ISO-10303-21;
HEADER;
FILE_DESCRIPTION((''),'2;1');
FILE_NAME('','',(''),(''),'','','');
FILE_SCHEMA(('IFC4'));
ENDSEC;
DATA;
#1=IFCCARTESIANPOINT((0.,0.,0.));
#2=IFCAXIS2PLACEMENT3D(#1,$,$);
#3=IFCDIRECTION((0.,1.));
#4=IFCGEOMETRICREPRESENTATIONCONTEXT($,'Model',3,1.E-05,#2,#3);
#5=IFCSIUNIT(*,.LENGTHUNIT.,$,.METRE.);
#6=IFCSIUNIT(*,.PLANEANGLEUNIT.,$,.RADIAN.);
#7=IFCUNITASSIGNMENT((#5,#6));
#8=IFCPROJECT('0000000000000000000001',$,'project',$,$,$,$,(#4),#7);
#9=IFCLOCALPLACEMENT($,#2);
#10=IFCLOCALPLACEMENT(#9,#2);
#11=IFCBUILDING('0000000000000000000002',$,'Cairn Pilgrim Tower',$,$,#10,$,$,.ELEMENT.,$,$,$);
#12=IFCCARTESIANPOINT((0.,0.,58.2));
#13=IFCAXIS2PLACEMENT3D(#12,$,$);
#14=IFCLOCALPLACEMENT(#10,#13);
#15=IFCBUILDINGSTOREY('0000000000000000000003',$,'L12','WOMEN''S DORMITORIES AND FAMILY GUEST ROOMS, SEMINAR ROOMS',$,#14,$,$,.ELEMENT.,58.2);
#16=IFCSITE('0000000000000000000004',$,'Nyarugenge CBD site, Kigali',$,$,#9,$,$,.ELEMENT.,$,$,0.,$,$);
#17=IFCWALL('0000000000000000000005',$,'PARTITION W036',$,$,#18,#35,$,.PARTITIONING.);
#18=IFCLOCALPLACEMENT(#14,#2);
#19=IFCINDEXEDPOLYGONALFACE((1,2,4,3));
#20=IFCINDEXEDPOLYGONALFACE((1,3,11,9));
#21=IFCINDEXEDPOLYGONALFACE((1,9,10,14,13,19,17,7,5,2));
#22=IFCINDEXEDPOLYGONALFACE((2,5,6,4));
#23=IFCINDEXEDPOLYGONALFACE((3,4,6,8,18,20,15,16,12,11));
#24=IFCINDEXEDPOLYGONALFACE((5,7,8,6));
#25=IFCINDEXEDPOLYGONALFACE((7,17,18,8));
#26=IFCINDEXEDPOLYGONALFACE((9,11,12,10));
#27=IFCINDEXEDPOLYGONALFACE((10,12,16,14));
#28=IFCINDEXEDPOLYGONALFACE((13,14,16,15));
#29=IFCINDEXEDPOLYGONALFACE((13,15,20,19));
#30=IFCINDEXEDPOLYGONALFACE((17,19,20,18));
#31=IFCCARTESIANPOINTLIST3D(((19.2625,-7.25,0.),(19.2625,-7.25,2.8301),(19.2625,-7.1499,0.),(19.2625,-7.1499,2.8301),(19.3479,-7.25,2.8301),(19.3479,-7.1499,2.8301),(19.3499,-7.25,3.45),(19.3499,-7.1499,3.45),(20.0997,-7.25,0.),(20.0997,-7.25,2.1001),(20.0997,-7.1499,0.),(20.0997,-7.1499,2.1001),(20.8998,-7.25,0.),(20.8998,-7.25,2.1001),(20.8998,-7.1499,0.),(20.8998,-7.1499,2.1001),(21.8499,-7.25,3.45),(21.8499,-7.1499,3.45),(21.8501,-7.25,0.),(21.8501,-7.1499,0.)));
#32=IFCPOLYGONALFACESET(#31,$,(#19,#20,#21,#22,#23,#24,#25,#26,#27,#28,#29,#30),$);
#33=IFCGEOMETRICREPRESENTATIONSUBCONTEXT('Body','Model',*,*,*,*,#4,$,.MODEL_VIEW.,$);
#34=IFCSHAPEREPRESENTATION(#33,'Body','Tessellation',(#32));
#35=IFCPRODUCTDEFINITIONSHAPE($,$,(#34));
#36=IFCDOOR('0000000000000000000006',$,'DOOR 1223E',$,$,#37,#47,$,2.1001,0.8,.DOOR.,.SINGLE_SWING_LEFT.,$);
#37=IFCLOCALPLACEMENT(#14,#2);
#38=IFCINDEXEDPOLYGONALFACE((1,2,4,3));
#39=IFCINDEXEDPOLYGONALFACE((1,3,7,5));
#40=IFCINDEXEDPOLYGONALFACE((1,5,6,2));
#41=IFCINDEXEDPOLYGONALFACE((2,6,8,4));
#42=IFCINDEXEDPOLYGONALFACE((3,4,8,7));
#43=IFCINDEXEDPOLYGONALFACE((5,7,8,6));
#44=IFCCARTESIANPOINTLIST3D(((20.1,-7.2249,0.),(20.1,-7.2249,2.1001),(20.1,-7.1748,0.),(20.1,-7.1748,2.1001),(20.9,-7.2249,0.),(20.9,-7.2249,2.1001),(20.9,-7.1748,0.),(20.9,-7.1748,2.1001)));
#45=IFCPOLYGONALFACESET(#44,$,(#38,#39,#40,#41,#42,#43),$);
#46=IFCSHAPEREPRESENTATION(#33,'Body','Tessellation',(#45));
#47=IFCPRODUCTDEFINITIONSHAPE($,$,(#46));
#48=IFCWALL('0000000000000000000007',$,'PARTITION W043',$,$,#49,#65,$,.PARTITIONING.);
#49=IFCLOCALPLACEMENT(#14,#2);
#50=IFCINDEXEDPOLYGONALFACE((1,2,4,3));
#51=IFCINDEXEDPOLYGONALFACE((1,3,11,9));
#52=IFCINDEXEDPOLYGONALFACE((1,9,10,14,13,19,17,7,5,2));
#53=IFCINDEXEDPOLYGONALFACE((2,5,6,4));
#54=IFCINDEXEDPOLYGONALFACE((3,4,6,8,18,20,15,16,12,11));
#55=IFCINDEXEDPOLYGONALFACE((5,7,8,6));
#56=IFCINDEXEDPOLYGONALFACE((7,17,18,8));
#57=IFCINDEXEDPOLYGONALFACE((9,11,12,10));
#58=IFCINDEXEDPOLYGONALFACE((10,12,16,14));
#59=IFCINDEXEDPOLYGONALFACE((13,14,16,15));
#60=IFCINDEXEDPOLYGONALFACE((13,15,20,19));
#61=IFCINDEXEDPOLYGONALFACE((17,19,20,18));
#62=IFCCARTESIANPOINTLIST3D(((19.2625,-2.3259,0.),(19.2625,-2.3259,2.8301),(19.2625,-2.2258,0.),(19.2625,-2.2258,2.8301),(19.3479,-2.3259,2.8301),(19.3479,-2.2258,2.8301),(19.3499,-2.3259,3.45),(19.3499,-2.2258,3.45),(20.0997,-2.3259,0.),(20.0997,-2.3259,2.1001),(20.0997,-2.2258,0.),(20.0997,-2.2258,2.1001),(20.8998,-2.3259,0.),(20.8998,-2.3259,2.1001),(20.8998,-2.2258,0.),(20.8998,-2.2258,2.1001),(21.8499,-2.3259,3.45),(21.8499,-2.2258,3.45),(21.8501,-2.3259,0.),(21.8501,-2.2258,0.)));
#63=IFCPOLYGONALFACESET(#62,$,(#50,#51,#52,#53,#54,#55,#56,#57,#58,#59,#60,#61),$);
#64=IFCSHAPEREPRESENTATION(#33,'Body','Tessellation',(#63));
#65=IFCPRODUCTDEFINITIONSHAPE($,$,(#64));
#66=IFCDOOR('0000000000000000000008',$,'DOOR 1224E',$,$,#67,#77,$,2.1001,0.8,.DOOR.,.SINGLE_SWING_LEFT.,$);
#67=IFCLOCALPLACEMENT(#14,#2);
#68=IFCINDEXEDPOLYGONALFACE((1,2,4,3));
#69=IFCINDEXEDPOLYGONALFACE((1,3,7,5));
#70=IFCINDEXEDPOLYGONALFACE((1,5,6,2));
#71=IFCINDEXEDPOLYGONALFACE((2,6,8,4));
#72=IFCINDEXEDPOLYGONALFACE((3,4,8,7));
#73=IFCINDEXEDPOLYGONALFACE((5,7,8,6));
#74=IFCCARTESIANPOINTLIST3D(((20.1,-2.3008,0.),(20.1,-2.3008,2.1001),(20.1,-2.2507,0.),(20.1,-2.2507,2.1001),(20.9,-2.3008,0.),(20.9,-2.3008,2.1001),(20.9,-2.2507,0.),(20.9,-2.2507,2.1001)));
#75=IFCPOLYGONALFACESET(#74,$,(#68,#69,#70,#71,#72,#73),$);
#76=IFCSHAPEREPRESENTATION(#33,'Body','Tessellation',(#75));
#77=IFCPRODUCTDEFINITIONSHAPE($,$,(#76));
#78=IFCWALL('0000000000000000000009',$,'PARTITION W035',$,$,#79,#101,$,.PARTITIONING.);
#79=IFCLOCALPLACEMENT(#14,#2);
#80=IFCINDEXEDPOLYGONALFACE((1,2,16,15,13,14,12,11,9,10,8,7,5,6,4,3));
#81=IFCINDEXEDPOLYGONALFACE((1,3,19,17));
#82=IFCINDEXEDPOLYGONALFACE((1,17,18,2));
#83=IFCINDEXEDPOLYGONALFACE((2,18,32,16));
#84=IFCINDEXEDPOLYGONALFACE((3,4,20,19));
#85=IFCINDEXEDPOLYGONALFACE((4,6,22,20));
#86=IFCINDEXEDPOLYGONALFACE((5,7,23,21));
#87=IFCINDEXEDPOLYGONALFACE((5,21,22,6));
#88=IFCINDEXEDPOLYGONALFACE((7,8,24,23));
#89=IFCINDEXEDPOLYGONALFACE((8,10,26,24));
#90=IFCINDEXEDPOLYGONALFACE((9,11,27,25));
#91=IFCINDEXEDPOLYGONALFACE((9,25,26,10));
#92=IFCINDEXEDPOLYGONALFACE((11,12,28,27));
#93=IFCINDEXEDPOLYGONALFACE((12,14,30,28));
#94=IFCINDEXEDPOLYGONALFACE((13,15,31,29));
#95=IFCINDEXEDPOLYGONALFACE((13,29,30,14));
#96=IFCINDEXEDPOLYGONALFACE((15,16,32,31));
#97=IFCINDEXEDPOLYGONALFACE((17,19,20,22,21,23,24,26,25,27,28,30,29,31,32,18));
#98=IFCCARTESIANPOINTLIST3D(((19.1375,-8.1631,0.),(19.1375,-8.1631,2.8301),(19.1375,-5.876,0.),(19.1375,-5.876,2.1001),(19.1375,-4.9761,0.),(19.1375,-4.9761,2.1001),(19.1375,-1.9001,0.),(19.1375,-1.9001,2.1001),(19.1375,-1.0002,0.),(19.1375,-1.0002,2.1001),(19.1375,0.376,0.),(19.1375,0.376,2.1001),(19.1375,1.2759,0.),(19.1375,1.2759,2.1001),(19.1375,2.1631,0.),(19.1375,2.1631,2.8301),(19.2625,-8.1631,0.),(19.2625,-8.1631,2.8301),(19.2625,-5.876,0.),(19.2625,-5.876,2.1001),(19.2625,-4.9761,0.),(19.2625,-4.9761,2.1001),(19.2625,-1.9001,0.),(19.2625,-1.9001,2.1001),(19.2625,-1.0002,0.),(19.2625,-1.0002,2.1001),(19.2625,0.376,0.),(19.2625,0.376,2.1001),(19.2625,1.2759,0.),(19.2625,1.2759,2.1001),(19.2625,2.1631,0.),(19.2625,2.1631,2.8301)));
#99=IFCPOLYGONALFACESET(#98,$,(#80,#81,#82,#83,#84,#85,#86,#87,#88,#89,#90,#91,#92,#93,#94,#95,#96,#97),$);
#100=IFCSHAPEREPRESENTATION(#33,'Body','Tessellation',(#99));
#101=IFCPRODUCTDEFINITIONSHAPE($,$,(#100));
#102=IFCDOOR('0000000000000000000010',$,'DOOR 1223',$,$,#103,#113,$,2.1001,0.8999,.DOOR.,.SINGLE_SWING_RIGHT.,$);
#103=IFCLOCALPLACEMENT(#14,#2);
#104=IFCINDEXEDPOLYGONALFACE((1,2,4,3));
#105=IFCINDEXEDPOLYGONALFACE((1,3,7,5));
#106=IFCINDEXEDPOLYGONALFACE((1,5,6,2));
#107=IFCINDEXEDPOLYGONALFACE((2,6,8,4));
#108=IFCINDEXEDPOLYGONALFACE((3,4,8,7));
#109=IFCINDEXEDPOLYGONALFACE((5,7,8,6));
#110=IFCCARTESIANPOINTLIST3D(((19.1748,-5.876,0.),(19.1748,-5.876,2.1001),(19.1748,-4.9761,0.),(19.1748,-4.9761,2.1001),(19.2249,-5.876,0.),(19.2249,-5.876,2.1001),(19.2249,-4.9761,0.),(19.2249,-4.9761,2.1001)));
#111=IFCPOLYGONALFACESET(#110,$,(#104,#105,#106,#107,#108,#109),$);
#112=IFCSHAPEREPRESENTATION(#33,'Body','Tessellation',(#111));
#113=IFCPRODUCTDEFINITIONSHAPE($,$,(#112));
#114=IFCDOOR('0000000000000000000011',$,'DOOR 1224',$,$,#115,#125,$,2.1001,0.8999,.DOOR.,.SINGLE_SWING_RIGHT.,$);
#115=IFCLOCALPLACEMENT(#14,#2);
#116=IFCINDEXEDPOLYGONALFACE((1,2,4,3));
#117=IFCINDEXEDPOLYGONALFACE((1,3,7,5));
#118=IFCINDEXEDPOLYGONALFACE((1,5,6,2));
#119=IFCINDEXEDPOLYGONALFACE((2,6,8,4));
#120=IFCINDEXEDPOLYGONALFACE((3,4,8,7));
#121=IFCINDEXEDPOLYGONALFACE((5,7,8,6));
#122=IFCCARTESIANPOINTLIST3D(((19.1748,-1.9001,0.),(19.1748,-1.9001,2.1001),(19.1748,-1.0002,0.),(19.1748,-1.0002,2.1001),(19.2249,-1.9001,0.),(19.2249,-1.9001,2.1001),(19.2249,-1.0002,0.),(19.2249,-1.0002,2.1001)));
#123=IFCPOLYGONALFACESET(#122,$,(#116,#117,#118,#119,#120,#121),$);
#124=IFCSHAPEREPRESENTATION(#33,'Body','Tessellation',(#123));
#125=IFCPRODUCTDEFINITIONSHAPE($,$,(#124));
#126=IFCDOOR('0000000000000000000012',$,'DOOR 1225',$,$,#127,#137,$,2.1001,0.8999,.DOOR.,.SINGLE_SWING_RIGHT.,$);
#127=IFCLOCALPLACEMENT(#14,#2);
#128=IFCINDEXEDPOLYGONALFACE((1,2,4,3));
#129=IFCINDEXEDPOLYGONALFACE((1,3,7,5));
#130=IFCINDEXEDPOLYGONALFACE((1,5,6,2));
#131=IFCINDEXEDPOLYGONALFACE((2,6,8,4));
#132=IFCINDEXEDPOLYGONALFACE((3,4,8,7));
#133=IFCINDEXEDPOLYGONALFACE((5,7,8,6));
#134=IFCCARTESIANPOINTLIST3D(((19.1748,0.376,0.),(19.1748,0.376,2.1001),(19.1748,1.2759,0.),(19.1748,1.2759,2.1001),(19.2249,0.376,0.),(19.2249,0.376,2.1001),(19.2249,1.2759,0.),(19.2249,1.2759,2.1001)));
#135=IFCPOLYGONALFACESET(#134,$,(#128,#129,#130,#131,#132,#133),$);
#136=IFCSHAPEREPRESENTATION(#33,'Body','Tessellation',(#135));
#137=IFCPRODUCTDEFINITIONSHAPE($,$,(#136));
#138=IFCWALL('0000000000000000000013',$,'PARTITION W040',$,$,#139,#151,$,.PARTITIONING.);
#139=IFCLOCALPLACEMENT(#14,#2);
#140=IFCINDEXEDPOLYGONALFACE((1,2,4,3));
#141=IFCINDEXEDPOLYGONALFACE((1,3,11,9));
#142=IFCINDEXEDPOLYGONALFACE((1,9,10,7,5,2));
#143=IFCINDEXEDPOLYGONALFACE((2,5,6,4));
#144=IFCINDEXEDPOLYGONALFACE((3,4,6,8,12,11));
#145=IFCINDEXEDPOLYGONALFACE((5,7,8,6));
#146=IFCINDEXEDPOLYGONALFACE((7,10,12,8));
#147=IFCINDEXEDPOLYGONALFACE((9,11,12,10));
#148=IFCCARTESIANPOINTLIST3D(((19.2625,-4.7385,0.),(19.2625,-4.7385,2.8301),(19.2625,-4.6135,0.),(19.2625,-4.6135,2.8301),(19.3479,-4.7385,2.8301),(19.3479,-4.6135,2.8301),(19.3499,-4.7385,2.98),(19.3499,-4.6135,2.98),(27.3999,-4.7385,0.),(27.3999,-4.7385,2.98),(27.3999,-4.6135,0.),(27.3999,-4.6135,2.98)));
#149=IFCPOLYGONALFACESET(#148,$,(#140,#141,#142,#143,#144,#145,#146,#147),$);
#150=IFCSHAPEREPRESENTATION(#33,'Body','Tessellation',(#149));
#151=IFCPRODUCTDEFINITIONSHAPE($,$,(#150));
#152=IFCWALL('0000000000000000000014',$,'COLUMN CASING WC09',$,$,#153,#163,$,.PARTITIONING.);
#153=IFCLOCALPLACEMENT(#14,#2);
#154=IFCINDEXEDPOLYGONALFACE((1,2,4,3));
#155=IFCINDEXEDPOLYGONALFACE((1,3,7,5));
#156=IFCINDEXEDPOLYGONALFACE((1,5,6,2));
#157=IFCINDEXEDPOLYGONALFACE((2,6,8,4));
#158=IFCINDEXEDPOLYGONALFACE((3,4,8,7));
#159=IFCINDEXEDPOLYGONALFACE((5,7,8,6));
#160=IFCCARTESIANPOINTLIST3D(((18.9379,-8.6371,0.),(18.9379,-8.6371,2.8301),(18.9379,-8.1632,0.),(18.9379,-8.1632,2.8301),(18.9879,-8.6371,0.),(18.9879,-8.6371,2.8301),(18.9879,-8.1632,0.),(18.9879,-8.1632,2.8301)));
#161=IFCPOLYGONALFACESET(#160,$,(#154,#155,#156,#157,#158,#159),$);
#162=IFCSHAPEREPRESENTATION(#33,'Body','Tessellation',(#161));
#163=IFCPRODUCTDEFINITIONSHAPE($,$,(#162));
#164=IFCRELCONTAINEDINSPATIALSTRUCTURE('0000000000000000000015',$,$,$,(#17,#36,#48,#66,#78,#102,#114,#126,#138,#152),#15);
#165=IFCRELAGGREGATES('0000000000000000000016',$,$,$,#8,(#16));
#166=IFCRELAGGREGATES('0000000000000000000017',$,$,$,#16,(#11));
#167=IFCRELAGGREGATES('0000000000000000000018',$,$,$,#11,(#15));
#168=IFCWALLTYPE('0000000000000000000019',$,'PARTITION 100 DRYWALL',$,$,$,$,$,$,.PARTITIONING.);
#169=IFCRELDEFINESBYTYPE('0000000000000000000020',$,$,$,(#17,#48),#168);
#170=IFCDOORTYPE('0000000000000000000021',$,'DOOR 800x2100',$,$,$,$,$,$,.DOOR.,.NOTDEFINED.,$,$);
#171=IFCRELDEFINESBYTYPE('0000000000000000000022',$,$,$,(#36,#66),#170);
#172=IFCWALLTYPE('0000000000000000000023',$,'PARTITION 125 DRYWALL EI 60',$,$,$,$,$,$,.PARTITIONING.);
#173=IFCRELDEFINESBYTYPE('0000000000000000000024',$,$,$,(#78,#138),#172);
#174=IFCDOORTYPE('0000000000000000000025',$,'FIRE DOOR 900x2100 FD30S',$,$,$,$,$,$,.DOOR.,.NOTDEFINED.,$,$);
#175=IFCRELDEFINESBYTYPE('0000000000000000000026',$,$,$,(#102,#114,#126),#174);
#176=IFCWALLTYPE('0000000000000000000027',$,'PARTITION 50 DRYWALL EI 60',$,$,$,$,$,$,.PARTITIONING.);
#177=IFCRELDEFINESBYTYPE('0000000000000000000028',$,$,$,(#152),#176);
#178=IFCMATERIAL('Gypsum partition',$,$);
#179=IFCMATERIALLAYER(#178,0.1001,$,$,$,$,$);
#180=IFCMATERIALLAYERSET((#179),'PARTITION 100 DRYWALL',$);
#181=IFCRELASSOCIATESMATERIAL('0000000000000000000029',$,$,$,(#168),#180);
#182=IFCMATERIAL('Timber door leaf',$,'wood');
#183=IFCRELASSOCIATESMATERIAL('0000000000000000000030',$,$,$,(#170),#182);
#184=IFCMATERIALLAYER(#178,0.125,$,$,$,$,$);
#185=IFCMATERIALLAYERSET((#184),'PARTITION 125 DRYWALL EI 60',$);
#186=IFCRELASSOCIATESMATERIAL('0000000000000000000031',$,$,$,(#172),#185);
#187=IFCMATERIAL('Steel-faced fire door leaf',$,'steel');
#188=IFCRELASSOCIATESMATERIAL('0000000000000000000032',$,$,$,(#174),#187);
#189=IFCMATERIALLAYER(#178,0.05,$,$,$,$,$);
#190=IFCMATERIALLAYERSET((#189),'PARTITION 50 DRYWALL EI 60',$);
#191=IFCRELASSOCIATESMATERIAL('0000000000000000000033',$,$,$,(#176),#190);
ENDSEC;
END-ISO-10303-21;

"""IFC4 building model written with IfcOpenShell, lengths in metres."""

from ifc_helpers import new_model, si_unit, direction, frame, frame_2d, origin, place, context, subcontext, project, spatial, polyline, rectangle, outline, extrude, material, layer, layer_set, type_object, element, fill, save


model = new_model("IFC4")

# Units and contexts
model_context = context("Model", 3, precision=1e-05, world=origin(), true_north=direction((0.0, 1.0)))
body_context = subcontext(model_context, "Body", "Model", "MODEL_VIEW")
ifc_project = project(units=[si_unit("LENGTHUNIT", "METRE"), si_unit("PLANEANGLEUNIT", "RADIAN")], contexts=[model_context])

# Site, building, storey
site_placement = place(None, origin())
site = spatial("IfcSite", under=ifc_project, at=site_placement, Name="Nyarugenge CBD site, Kigali", CompositionType="ELEMENT", RefElevation=0.0)
building_placement = place(site_placement, origin())
building = spatial("IfcBuilding", under=site, at=building_placement, Name="Cairn Pilgrim Tower", CompositionType="ELEMENT")
storey_placement = place(building_placement, frame((0.0, 0.0, 58.2)))
storey = spatial("IfcBuildingStorey", under=building, at=storey_placement, Name="L12", Description="WOMEN'S DORMITORIES AND FAMILY GUEST ROOMS, SEMINAR ROOMS", CompositionType="ELEMENT", Elevation=58.2)

# Walls, openings, doors
ifc_material_1 = material(Name="Gypsum partition")
ifc_layer_1 = layer(ifc_material_1, 0.1001)
ifc_layer_set_1 = layer_set([ifc_layer_1], Name="PARTITION 100 DRYWALL")
wall_type_1 = type_object("IfcWallType", Name="PARTITION 100 DRYWALL", PredefinedType="PARTITIONING", material=ifc_layer_set_1)
wall_1_placement = place(storey_placement, frame((19.2625, -7.2, 0.0), z_axis=(0.0, 0.0, 1.0), x_axis=(1.0, 0.0, 0.0)))
wall_1 = element("IfcWall", 1, at=wall_1_placement, inside=storey, type_object=wall_type_1, Name="PARTITION W036", PredefinedType="PARTITIONING", context=body_context, shape_type="SweptSolid", body=[
    extrude(outline(polyline([(0.0, 0.0), (2.5876, 0.0), (2.5874, 3.45), (0.0874, 3.45), (0.0854, 2.8301), (0.0, 2.8301), (0.0, 0.0)])), frame((0.0, 0.05, 0.0), z_axis=(0.0, -1.0, 0.0), x_axis=(1.0, 0.0, 0.0)), (0.0, 0.0, 1.0), 0.1001),
])
opening_1_placement = place(wall_1_placement, frame((0.8374, 0.0, 0.0)))
opening_1 = element("IfcOpeningElement", 2, at=opening_1_placement, cuts=wall_1, PredefinedType="OPENING", context=body_context, shape_type="SweptSolid", body=[
    extrude(rectangle(XDim=0.8, YDim=2.1001, at=frame_2d((0.3999, 1.05))), frame((0.0, 0.0601, 0.0), z_axis=(0.0, -1.0, 0.0), x_axis=(1.0, 0.0, 0.0)), (0.0, 0.0, 1.0), 0.1201),
])
ifc_material_2 = material(Name="Timber door leaf", Category="wood")
door_type_1 = type_object("IfcDoorType", Name="DOOR 800x2100", OperationType="NOTDEFINED", PredefinedType="DOOR", material=ifc_material_2)
door_1_placement = place(opening_1_placement, frame((0.8, 0.0, 0.0), z_axis=(0.0, 0.0, 1.0), x_axis=(-1.0, 0.0, 0.0)))
door_1 = element("IfcDoor", 3, at=door_1_placement, inside=storey, type_object=door_type_1, Name="DOOR 1223E", OperationType="SINGLE_SWING_LEFT", OverallHeight=2.1001, OverallWidth=0.8, PredefinedType="DOOR", context=body_context, shape_type="SweptSolid", body=[
    extrude(rectangle(XDim=0.8, YDim=2.1001, at=frame_2d((0.3999, 1.05))), frame((0.0, 0.0249, 0.0), z_axis=(0.0, -1.0, 0.0), x_axis=(1.0, 0.0, 0.0)), (0.0, 0.0, 1.0), 0.05),
])
fill(opening_1, door_1)
wall_2_placement = place(storey_placement, frame((19.2625, -2.2759, 0.0), z_axis=(0.0, 0.0, 1.0), x_axis=(1.0, 0.0, 0.0)))
wall_2 = element("IfcWall", 4, at=wall_2_placement, inside=storey, type_object=wall_type_1, Name="PARTITION W043", PredefinedType="PARTITIONING", context=body_context, shape_type="SweptSolid", body=[
    extrude(outline(polyline([(0.0, 0.0), (2.5876, 0.0), (2.5874, 3.45), (0.0874, 3.45), (0.0854, 2.8301), (0.0, 2.8301), (0.0, 0.0)])), frame((0.0, 0.05, 0.0), z_axis=(0.0, -1.0, 0.0), x_axis=(1.0, 0.0, 0.0)), (0.0, 0.0, 1.0), 0.1001),
])
opening_2_placement = place(wall_2_placement, frame((0.8374, 0.0, 0.0)))
opening_2 = element("IfcOpeningElement", 5, at=opening_2_placement, cuts=wall_2, PredefinedType="OPENING", context=body_context, shape_type="SweptSolid", body=[
    extrude(rectangle(XDim=0.8, YDim=2.1001, at=frame_2d((0.3999, 1.05))), frame((0.0, 0.0601, 0.0), z_axis=(0.0, -1.0, 0.0), x_axis=(1.0, 0.0, 0.0)), (0.0, 0.0, 1.0), 0.1201),
])
door_2_placement = place(opening_2_placement, frame((0.8, 0.0, 0.0), z_axis=(0.0, 0.0, 1.0), x_axis=(-1.0, 0.0, 0.0)))
door_2 = element("IfcDoor", 6, at=door_2_placement, inside=storey, type_object=door_type_1, Name="DOOR 1224E", OperationType="SINGLE_SWING_LEFT", OverallHeight=2.1001, OverallWidth=0.8, PredefinedType="DOOR", context=body_context, shape_type="SweptSolid", body=[
    extrude(rectangle(XDim=0.8, YDim=2.1001, at=frame_2d((0.3999, 1.05))), frame((0.0, 0.0249, 0.0), z_axis=(0.0, -1.0, 0.0), x_axis=(1.0, 0.0, 0.0)), (0.0, 0.0, 1.0), 0.05),
])
fill(opening_2, door_2)

# Wall, openings, doors
ifc_layer_2 = layer(ifc_material_1, 0.125)
ifc_layer_set_2 = layer_set([ifc_layer_2], Name="PARTITION 125 DRYWALL EI 60")
wall_type_2 = type_object("IfcWallType", Name="PARTITION 125 DRYWALL EI 60", PredefinedType="PARTITIONING", material=ifc_layer_set_2)
wall_3_placement = place(storey_placement, frame((19.2, -8.1631, 0.0), z_axis=(0.0, 0.0, 1.0), x_axis=(0.0, 1.0, 0.0)))
wall_3 = element("IfcWall", 7, at=wall_3_placement, inside=storey, type_object=wall_type_2, Name="PARTITION W035", PredefinedType="PARTITIONING", context=body_context, shape_type="SweptSolid", body=[
    extrude(rectangle(XDim=10.3262, YDim=0.125, at=frame_2d((5.1631, 0.0))), origin(), (0.0, 0.0, 1.0), 2.8301),
])
opening_3_placement = place(wall_3_placement, frame((2.2871, 0.0, 0.0)))
opening_3 = element("IfcOpeningElement", 8, at=opening_3_placement, cuts=wall_3, PredefinedType="OPENING", context=body_context, shape_type="SweptSolid", body=[
    extrude(rectangle(XDim=0.8999, YDim=2.1001, at=frame_2d((0.45, 1.05))), frame((0.0, 0.0725, 0.0), z_axis=(0.0, -1.0, 0.0), x_axis=(1.0, 0.0, 0.0)), (0.0, 0.0, 1.0), 0.145),
])
opening_4_placement = place(wall_3_placement, frame((6.2629, 0.0, 0.0)))
opening_4 = element("IfcOpeningElement", 9, at=opening_4_placement, cuts=wall_3, PredefinedType="OPENING", context=body_context, shape_type="SweptSolid", body=[
    extrude(rectangle(XDim=0.8999, YDim=2.1001, at=frame_2d((0.45, 1.05))), frame((0.0, 0.0725, 0.0), z_axis=(0.0, -1.0, 0.0), x_axis=(1.0, 0.0, 0.0)), (0.0, 0.0, 1.0), 0.145),
])
opening_5_placement = place(wall_3_placement, frame((8.5391, 0.0, 0.0)))
opening_5 = element("IfcOpeningElement", 10, at=opening_5_placement, cuts=wall_3, PredefinedType="OPENING", context=body_context, shape_type="SweptSolid", body=[
    extrude(rectangle(XDim=0.8999, YDim=2.1001, at=frame_2d((0.45, 1.05))), frame((0.0, 0.0725, 0.0), z_axis=(0.0, -1.0, 0.0), x_axis=(1.0, 0.0, 0.0)), (0.0, 0.0, 1.0), 0.145),
])
ifc_material_3 = material(Name="Steel-faced fire door leaf", Category="steel")
door_type_2 = type_object("IfcDoorType", Name="FIRE DOOR 900x2100 FD30S", OperationType="NOTDEFINED", PredefinedType="DOOR", material=ifc_material_3)
door_3_placement = place(opening_3_placement, frame((0.8999, 0.0, 0.0), z_axis=(0.0, 0.0, 1.0), x_axis=(-1.0, 0.0, 0.0)))
door_3 = element("IfcDoor", 11, at=door_3_placement, inside=storey, type_object=door_type_2, Name="DOOR 1223", OperationType="SINGLE_SWING_RIGHT", OverallHeight=2.1001, OverallWidth=0.8999, PredefinedType="DOOR", context=body_context, shape_type="SweptSolid", body=[
    extrude(rectangle(XDim=0.8999, YDim=2.1001, at=frame_2d((0.45, 1.05))), frame((0.0, 0.0249, 0.0), z_axis=(0.0, -1.0, 0.0), x_axis=(1.0, 0.0, 0.0)), (0.0, 0.0, 1.0), 0.05),
])
fill(opening_3, door_3)
door_4_placement = place(opening_4_placement, frame((0.8999, 0.0, 0.0), z_axis=(0.0, 0.0, 1.0), x_axis=(-1.0, 0.0, 0.0)))
door_4 = element("IfcDoor", 12, at=door_4_placement, inside=storey, type_object=door_type_2, Name="DOOR 1224", OperationType="SINGLE_SWING_RIGHT", OverallHeight=2.1001, OverallWidth=0.8999, PredefinedType="DOOR", context=body_context, shape_type="SweptSolid", body=[
    extrude(rectangle(XDim=0.8999, YDim=2.1001, at=frame_2d((0.45, 1.05))), frame((0.0, 0.0249, 0.0), z_axis=(0.0, -1.0, 0.0), x_axis=(1.0, 0.0, 0.0)), (0.0, 0.0, 1.0), 0.05),
])
fill(opening_4, door_4)
door_5_placement = place(opening_5_placement, frame((0.8999, 0.0, 0.0), z_axis=(0.0, 0.0, 1.0), x_axis=(-1.0, 0.0, 0.0)))
door_5 = element("IfcDoor", 13, at=door_5_placement, inside=storey, type_object=door_type_2, Name="DOOR 1225", OperationType="SINGLE_SWING_RIGHT", OverallHeight=2.1001, OverallWidth=0.8999, PredefinedType="DOOR", context=body_context, shape_type="SweptSolid", body=[
    extrude(rectangle(XDim=0.8999, YDim=2.1001, at=frame_2d((0.45, 1.05))), frame((0.0, 0.0249, 0.0), z_axis=(0.0, -1.0, 0.0), x_axis=(1.0, 0.0, 0.0)), (0.0, 0.0, 1.0), 0.05),
])
fill(opening_5, door_5)

# Walls
wall_4_placement = place(storey_placement, frame((19.2625, -4.676, 0.0), z_axis=(0.0, 0.0, 1.0), x_axis=(1.0, 0.0, 0.0)))
element("IfcWall", 14, at=wall_4_placement, inside=storey, type_object=wall_type_2, Name="PARTITION W040", PredefinedType="PARTITIONING", context=body_context, shape_type="SweptSolid", body=[
    extrude(outline(polyline([(0.0, 0.0), (8.1375, 0.0), (8.1375, 2.98), (0.0874, 2.98), (0.0854, 2.8301), (0.0, 2.8301), (0.0, 0.0)])), frame((0.0, 0.0625, 0.0), z_axis=(0.0, -1.0, 0.0), x_axis=(1.0, 0.0, 0.0)), (0.0, 0.0, 1.0), 0.125),
])
ifc_layer_3 = layer(ifc_material_1, 0.05)
ifc_layer_set_3 = layer_set([ifc_layer_3], Name="PARTITION 50 DRYWALL EI 60")
wall_type_3 = type_object("IfcWallType", Name="PARTITION 50 DRYWALL EI 60", PredefinedType="PARTITIONING", material=ifc_layer_set_3)
wall_5_placement = place(storey_placement, frame((18.9629, -8.637, 0.0), z_axis=(0.0, 0.0, 1.0), x_axis=(0.0, 1.0, 0.0)))
element("IfcWall", 15, at=wall_5_placement, inside=storey, type_object=wall_type_3, Name="COLUMN CASING WC09", PredefinedType="PARTITIONING", context=body_context, shape_type="SweptSolid", body=[
    extrude(rectangle(XDim=0.4739, YDim=0.05, at=frame_2d((0.2368, 0.0))), origin(), (0.0, 0.0, 1.0), 2.8301),
])

save(model, "model.ifc")
